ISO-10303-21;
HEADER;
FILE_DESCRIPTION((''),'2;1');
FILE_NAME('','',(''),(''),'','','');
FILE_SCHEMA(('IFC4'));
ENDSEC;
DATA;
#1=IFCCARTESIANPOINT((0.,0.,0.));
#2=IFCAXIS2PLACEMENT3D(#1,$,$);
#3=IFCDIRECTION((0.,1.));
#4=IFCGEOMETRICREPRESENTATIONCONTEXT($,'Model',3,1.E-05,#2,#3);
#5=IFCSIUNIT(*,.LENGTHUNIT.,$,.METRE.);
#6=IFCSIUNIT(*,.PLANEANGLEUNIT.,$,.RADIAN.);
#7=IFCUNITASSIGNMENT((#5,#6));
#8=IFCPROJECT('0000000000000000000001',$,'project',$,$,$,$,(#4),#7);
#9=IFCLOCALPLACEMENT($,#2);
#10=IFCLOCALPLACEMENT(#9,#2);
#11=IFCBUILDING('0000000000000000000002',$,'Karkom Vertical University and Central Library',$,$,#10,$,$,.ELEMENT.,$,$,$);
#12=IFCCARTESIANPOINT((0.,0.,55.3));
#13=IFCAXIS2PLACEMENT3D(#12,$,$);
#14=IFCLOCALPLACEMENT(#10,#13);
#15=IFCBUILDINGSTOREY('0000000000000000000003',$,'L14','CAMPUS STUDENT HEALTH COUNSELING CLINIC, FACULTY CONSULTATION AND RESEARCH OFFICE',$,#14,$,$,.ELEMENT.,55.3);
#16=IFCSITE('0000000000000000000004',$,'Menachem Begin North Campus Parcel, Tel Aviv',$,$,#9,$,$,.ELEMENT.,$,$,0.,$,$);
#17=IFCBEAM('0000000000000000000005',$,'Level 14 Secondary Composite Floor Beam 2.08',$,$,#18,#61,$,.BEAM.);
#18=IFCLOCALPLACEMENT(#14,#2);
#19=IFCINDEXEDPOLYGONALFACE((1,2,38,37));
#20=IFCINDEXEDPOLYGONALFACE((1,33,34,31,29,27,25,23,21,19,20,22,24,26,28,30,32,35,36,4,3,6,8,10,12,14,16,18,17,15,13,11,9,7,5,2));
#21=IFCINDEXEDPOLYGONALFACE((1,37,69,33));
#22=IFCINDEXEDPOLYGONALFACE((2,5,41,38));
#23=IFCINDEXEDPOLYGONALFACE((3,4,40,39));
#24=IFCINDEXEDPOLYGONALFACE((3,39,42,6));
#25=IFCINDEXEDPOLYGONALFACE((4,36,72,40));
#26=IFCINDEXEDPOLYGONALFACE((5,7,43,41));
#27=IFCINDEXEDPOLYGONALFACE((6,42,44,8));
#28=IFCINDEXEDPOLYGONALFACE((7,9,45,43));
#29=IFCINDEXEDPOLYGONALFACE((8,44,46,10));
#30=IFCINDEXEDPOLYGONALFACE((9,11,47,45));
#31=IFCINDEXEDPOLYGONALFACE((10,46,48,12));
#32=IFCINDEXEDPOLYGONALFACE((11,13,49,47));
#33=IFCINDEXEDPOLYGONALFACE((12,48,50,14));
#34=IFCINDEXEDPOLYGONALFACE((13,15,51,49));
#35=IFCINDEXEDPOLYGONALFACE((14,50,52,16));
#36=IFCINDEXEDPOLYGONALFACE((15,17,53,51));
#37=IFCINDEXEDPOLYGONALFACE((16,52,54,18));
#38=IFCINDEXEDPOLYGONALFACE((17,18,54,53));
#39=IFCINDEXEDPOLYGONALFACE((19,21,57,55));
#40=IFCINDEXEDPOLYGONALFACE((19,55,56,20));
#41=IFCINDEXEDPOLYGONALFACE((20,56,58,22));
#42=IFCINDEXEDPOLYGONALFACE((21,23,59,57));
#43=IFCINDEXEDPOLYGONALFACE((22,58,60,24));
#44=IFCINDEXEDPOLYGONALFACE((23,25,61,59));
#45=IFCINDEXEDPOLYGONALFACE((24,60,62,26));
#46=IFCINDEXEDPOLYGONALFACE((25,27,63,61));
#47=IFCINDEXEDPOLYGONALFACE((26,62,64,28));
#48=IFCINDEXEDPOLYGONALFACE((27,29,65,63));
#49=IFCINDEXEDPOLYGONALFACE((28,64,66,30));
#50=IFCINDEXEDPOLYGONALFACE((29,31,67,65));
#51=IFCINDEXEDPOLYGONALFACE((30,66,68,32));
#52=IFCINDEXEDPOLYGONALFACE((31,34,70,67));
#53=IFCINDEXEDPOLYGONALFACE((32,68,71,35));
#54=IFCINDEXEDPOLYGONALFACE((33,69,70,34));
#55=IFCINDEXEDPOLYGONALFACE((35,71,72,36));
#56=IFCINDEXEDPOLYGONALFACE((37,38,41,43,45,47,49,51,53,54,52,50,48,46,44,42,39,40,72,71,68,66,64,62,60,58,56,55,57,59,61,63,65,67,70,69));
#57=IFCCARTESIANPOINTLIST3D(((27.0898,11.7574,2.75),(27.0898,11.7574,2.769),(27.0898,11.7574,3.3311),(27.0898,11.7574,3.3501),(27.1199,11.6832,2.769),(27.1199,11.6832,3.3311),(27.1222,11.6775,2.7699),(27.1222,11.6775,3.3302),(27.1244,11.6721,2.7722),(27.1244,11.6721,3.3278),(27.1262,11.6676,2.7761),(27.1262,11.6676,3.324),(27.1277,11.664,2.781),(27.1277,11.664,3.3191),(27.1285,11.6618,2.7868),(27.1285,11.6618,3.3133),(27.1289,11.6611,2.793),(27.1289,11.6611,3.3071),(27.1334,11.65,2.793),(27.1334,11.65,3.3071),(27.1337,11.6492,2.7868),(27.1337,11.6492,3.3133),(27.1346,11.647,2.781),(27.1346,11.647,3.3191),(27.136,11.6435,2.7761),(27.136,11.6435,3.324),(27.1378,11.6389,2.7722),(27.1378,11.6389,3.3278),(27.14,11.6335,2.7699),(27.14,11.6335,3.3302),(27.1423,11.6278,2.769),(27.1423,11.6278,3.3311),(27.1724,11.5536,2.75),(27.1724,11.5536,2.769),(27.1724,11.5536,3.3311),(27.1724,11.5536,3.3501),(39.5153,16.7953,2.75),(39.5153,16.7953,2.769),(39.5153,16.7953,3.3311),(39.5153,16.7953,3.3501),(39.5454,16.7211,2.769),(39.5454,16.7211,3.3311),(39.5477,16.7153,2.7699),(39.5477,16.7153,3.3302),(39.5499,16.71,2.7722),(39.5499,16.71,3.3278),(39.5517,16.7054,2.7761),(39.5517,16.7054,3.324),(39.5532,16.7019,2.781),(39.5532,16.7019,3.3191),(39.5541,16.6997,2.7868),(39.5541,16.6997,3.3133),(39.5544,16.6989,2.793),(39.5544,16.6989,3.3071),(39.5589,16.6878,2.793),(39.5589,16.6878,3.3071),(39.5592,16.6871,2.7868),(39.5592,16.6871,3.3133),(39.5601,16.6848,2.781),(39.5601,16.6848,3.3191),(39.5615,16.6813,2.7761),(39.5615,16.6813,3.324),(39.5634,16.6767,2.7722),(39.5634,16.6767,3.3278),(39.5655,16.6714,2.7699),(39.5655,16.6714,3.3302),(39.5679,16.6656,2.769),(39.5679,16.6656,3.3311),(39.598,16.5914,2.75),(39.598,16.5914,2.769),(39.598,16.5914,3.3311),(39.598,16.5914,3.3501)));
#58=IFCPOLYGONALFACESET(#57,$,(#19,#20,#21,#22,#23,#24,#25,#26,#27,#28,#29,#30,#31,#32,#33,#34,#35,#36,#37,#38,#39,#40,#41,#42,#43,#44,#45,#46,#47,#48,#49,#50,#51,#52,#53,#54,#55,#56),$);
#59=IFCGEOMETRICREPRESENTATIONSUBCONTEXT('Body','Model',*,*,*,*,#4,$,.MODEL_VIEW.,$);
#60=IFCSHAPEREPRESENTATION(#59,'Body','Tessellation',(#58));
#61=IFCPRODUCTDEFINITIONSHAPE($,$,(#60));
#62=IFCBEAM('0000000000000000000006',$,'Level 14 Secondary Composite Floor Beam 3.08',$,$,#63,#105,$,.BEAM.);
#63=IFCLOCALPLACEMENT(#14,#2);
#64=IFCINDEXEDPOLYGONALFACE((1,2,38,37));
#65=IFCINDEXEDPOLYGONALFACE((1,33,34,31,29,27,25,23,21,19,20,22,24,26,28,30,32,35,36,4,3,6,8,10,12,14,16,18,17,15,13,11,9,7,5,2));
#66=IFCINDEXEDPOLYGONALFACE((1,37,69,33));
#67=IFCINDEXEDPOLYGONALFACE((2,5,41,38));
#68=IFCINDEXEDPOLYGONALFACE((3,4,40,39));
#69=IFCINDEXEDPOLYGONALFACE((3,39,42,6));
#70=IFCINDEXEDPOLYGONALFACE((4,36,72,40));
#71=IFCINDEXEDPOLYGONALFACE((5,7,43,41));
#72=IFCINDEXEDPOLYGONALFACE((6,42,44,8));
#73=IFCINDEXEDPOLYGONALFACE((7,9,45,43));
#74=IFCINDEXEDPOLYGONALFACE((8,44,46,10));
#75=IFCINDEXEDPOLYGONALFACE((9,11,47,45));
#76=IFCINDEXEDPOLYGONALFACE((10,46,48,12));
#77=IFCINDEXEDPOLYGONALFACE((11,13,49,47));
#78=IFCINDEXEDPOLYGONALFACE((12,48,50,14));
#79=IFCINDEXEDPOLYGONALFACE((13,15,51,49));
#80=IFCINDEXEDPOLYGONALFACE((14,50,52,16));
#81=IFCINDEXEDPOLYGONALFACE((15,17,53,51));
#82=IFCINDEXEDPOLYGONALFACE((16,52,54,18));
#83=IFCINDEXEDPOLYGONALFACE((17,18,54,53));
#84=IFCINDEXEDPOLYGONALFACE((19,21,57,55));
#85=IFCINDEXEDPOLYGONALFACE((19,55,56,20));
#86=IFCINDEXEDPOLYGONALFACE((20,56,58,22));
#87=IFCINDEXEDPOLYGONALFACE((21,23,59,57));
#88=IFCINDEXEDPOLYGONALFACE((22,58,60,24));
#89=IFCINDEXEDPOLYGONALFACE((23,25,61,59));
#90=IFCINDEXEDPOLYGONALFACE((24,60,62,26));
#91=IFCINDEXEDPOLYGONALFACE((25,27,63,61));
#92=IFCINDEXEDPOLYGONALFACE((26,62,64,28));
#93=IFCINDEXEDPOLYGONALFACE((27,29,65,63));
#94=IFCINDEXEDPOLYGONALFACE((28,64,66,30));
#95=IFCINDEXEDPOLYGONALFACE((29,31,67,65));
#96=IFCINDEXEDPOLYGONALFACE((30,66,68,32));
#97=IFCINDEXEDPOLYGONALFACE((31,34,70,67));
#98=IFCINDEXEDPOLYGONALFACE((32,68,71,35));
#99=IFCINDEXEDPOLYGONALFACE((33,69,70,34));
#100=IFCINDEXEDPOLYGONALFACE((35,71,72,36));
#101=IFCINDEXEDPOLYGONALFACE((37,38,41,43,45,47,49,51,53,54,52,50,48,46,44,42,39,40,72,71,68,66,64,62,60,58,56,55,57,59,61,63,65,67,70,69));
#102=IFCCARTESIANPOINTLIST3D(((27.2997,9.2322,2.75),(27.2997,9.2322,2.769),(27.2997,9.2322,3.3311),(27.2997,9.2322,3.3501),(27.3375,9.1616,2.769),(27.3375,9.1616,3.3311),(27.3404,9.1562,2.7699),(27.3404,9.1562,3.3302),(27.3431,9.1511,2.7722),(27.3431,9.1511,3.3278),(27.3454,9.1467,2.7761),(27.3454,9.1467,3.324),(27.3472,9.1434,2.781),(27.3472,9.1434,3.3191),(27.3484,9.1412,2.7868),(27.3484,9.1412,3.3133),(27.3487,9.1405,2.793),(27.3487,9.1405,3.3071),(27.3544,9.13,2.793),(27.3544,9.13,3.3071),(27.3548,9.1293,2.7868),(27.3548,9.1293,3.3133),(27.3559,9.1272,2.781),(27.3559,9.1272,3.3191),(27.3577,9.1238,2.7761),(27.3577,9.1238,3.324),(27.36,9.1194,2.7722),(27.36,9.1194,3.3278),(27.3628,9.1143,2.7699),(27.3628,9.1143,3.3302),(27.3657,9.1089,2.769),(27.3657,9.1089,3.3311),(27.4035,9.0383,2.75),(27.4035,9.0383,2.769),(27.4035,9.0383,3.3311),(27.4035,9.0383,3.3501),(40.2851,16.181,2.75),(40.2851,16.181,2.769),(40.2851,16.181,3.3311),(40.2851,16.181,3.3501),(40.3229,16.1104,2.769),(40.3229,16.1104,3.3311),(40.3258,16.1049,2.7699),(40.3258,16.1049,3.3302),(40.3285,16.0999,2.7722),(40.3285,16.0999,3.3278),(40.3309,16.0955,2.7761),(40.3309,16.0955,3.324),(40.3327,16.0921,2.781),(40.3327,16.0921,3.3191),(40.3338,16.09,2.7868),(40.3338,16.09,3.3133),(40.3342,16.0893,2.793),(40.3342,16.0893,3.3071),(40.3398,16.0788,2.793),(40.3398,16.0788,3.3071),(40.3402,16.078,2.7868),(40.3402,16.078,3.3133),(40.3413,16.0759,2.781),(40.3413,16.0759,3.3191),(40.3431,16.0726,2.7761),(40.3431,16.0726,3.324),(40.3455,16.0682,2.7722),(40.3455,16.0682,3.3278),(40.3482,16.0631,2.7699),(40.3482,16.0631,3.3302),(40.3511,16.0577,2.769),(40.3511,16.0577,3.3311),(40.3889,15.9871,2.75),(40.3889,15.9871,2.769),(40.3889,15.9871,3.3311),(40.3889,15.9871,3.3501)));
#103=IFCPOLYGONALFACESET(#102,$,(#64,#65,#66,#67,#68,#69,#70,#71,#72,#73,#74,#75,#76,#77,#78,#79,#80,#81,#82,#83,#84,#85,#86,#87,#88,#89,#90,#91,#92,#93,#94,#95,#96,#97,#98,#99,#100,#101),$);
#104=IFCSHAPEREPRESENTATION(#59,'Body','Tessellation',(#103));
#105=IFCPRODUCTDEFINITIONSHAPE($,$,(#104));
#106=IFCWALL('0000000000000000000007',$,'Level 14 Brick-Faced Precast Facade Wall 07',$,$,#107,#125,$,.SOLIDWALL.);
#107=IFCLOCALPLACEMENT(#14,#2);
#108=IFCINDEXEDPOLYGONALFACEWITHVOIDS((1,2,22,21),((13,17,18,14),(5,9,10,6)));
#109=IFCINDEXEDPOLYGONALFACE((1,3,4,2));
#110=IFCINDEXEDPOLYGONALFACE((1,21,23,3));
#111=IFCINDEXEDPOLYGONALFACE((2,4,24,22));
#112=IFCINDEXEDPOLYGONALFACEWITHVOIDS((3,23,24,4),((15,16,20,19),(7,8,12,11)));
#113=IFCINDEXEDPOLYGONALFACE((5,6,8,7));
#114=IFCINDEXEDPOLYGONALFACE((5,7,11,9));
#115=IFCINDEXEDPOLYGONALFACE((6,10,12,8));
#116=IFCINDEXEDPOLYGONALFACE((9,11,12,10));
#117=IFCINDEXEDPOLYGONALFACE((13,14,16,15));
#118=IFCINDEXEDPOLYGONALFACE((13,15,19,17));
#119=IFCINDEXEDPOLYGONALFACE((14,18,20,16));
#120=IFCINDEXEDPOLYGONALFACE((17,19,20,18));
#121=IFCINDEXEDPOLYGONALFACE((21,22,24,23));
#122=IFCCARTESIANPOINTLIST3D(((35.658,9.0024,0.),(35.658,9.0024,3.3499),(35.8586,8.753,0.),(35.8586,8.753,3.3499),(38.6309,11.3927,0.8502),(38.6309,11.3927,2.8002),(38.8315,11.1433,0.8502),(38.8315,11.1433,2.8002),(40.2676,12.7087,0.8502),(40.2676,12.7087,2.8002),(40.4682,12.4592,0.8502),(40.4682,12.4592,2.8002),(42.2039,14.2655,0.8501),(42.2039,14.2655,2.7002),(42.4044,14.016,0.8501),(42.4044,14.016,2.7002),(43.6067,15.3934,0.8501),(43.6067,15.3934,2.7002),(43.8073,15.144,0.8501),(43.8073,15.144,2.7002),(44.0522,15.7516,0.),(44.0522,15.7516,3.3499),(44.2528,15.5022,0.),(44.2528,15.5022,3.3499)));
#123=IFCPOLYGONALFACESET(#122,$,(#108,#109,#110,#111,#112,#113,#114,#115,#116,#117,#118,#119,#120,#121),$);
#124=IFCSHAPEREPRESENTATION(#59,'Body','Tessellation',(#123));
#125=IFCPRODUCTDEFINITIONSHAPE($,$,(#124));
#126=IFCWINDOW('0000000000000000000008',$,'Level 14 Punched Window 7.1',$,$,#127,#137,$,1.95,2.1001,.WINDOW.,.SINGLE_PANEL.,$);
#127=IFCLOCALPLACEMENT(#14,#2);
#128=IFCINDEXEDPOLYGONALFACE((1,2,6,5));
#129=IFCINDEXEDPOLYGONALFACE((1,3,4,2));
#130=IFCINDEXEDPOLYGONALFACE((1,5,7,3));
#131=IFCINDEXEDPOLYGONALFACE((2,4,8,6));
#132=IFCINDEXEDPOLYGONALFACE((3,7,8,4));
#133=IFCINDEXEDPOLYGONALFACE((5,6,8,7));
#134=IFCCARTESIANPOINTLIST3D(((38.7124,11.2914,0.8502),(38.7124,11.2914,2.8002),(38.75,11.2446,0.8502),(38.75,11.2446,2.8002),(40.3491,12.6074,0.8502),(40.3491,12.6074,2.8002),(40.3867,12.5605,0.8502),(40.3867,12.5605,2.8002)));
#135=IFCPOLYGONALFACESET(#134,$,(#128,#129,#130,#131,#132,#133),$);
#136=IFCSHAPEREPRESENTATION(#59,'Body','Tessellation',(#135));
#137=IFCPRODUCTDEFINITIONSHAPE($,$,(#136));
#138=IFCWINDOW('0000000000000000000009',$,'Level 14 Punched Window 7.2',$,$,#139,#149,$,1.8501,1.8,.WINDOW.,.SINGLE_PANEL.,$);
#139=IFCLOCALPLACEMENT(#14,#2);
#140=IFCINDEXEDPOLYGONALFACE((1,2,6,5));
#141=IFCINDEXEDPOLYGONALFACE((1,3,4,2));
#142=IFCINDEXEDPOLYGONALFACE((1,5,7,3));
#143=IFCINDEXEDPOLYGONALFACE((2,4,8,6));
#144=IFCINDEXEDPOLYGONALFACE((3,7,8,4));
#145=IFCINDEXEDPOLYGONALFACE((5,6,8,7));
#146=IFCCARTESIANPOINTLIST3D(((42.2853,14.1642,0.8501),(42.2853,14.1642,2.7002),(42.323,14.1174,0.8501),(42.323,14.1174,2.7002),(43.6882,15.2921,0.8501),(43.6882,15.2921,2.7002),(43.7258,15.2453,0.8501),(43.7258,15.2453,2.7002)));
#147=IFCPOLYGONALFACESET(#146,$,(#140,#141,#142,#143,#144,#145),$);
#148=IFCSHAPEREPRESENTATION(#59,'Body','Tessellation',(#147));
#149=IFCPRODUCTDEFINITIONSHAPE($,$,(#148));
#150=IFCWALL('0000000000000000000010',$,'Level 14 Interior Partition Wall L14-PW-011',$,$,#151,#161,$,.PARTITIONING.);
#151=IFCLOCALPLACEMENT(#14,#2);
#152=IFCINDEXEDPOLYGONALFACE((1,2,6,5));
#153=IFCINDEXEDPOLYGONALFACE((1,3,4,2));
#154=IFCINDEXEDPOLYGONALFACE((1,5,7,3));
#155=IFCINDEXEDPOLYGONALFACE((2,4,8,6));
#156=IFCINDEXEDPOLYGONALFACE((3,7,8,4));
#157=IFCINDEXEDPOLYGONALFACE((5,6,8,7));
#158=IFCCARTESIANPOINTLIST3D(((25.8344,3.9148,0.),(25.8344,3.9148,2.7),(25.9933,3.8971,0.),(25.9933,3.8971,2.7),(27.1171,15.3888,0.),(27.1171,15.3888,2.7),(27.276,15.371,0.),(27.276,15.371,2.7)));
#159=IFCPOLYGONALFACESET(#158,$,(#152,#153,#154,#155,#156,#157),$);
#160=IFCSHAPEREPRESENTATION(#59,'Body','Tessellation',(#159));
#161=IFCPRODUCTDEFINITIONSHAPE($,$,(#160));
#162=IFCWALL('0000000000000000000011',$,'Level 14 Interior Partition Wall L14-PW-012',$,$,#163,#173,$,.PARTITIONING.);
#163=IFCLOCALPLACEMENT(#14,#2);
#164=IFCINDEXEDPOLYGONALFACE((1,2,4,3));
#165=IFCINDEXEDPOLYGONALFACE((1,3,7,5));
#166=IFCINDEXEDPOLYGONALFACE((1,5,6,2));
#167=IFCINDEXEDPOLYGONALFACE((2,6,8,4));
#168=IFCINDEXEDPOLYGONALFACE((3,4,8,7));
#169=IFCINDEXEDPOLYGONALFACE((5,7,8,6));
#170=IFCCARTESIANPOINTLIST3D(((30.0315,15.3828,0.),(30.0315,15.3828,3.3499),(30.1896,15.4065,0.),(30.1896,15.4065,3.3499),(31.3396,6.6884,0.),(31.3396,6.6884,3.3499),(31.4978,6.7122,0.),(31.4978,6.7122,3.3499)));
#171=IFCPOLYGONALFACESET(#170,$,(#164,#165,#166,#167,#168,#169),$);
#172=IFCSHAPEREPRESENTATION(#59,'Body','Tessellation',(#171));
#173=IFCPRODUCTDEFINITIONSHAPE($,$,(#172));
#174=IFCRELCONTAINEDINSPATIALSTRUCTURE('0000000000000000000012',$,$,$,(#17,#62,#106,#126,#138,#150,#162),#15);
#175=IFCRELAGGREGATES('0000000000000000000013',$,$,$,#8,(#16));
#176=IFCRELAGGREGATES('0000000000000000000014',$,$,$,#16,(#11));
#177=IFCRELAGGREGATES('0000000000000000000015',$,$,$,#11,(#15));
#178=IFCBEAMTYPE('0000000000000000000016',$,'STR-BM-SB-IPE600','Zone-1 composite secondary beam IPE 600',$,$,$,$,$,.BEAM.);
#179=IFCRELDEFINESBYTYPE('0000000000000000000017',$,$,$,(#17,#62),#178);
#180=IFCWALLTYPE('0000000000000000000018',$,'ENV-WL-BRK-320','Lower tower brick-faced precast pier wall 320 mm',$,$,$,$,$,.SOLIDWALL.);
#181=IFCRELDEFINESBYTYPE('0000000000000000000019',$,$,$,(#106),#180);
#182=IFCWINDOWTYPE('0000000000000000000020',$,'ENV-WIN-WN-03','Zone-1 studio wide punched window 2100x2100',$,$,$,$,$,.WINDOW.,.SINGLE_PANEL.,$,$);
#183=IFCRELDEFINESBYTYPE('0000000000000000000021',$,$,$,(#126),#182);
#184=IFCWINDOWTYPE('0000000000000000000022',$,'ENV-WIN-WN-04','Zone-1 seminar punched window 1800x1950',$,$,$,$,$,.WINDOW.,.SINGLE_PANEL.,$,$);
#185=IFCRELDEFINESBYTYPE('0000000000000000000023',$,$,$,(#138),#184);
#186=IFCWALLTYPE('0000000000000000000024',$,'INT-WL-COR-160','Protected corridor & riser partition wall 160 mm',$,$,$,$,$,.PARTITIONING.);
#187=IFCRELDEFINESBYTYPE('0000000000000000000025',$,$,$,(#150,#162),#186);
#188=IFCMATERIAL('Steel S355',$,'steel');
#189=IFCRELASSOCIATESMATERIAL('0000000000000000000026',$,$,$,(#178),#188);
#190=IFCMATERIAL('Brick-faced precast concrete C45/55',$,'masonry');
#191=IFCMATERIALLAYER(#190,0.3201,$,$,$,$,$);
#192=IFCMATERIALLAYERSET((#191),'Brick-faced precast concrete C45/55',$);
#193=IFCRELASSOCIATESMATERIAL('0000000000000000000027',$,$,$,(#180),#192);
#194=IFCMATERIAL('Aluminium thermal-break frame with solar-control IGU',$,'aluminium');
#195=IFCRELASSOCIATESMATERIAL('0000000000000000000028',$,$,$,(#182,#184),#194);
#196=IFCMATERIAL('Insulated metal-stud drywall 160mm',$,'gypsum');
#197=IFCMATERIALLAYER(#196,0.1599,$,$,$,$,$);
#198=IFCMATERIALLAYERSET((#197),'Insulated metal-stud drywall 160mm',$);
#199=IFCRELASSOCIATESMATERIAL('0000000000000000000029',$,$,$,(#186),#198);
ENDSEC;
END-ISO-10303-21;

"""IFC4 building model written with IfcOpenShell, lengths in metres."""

from ifc_helpers import new_model, si_unit, direction, frame, frame_2d, origin, origin_with_axes, origin_2d, place, context, subcontext, project, spatial, rectangle, i_section, extrude, source, transform, mapped, material, layer, layer_set, material_profile, profile_set, type_object, element, fill, save


model = new_model("IFC4")

# Units and contexts
model_context = context("Model", 3, precision=1e-05, world=origin(), true_north=direction((0.0, 1.0)))
body_context = subcontext(model_context, "Body", "Model", "MODEL_VIEW")
ifc_project = project(units=[si_unit("LENGTHUNIT", "METRE"), si_unit("PLANEANGLEUNIT", "RADIAN")], contexts=[model_context])

# Site, building, storey
site_placement = place(None, origin())
site = spatial("IfcSite", under=ifc_project, at=site_placement, Name="Menachem Begin North Campus Parcel, Tel Aviv", CompositionType="ELEMENT", RefElevation=0.0)
building_placement = place(site_placement, origin())
building = spatial("IfcBuilding", under=site, at=building_placement, Name="Karkom Vertical University and Central Library", CompositionType="ELEMENT")
storey_placement = place(building_placement, frame((0.0, 0.0, 55.3)))
storey = spatial("IfcBuildingStorey", under=building, at=storey_placement, Name="L14", Description="CAMPUS STUDENT HEALTH COUNSELING CLINIC, FACULTY CONSULTATION AND RESEARCH OFFICE", CompositionType="ELEMENT", Elevation=55.3)

# Beams
ifc_material_1 = material(Name="Steel S355", Category="steel")
ifc_material_profile_1 = material_profile(ifc_material_1, i_section(OverallWidth=0.22, OverallDepth=0.6001, WebThickness=0.012, FlangeThickness=0.019, FilletRadius=0.0239, at=origin_2d()), Name="IPE 600")
ifc_profile_set_1 = profile_set([ifc_material_profile_1], Name="Steel S355")
beam_type_1 = type_object("IfcBeamType", Name="STR-BM-SB-IPE600", Description="Zone-1 composite secondary beam IPE 600", PredefinedType="BEAM", material=ifc_profile_set_1)
shared_shape_1 = source(origin_with_axes(), body_context, "Body", "SweptSolid", [
    extrude(i_section(OverallWidth=0.22, OverallDepth=0.6001, WebThickness=0.012, FlangeThickness=0.019, FilletRadius=0.0239, at=origin_2d()), origin(), (0.0, 0.0, 1.0), 13.408),
])
beam_1_placement = place(storey_placement, frame((27.1311, 11.6555, 3.05), z_axis=(0.926727, 0.375735, 0.0), x_axis=(-0.375735, 0.926727, 0.0)))
element("IfcBeam", 1, at=beam_1_placement, inside=storey, type_object=beam_type_1, Name="Level 14 Secondary Composite Floor Beam 2.08", PredefinedType="BEAM", context=body_context, shape_type="MappedRepresentation", body=[
    mapped(shared_shape_1, transform((0.0, 0.0, 0.0), scale=1.0)),
])
shared_shape_2 = source(origin_with_axes(), body_context, "Body", "SweptSolid", [
    extrude(i_section(OverallWidth=0.22, OverallDepth=0.6001, WebThickness=0.012, FlangeThickness=0.019, FilletRadius=0.0239, at=origin_2d()), origin(), (0.0, 0.0, 1.0), 14.7278),
])
beam_2_placement = place(storey_placement, frame((27.3516, 9.1353, 3.05), z_axis=(0.881698, 0.471815, 0.0), x_axis=(-0.471815, 0.881698, 0.0)))
element("IfcBeam", 2, at=beam_2_placement, inside=storey, type_object=beam_type_1, Name="Level 14 Secondary Composite Floor Beam 3.08", PredefinedType="BEAM", context=body_context, shape_type="MappedRepresentation", body=[
    mapped(shared_shape_2, transform((0.0, 0.0, 0.0), scale=1.0)),
])

# Wall, openings, windows
ifc_material_2 = material(Name="Brick-faced precast concrete C45/55", Category="masonry")
ifc_layer_1 = layer(ifc_material_2, 0.3201)
ifc_layer_set_1 = layer_set([ifc_layer_1], Name="Brick-faced precast concrete C45/55")
wall_type_1 = type_object("IfcWallType", Name="ENV-WL-BRK-320", Description="Lower tower brick-faced precast pier wall 320 mm", PredefinedType="SOLIDWALL", material=ifc_layer_set_1)
wall_1_placement = place(storey_placement, frame((35.7583, 8.8777, 0.0), z_axis=(0.0, 0.0, 1.0), x_axis=(0.779334, 0.626609, 0.0)))
wall_1 = element("IfcWall", 3, at=wall_1_placement, inside=storey, type_object=wall_type_1, Name="Level 14 Brick-Faced Precast Facade Wall 07", PredefinedType="SOLIDWALL", context=body_context, shape_type="SweptSolid", body=[
    extrude(rectangle(XDim=10.771, YDim=0.3201, at=frame_2d((5.3855, 0.0))), origin(), (0.0, 0.0, 1.0), 3.3499),
])
opening_1_placement = place(wall_1_placement, frame((3.8147, 0.0, 0.8501)))
opening_1 = element("IfcOpeningElement", 4, at=opening_1_placement, cuts=wall_1, PredefinedType="OPENING", context=body_context, shape_type="SweptSolid", body=[
    extrude(rectangle(XDim=2.1001, YDim=1.95, at=frame_2d((1.05, 0.9751))), frame((0.0, 0.1699, 0.0), z_axis=(0.0, -1.0, 0.0), x_axis=(1.0, 0.0, 0.0)), (0.0, 0.0, 1.0), 0.3401),
])
opening_2_placement = place(wall_1_placement, frame((8.3994, 0.0, 0.8501)))
opening_2 = element("IfcOpeningElement", 5, at=opening_2_placement, cuts=wall_1, PredefinedType="OPENING", context=body_context, shape_type="SweptSolid", body=[
    extrude(rectangle(XDim=1.8, YDim=1.8501, at=frame_2d((0.8999, 0.925))), frame((0.0, 0.1699, 0.0), z_axis=(0.0, -1.0, 0.0), x_axis=(1.0, 0.0, 0.0)), (0.0, 0.0, 1.0), 0.3401),
])
ifc_material_3 = material(Name="Aluminium thermal-break frame with solar-control IGU", Category="aluminium")
window_type_1 = type_object("IfcWindowType", Name="ENV-WIN-WN-03", Description="Zone-1 studio wide punched window 2100x2100", PartitioningType="SINGLE_PANEL", PredefinedType="WINDOW", material=ifc_material_3)
shared_shape_3 = source(origin_with_axes(), body_context, "Body", "SweptSolid", [
    extrude(rectangle(XDim=2.1001, YDim=1.95, at=frame_2d((1.05, 0.9751))), frame((0.0, 0.03, 0.0), z_axis=(0.0, -1.0, 0.0), x_axis=(1.0, 0.0, 0.0)), (0.0, 0.0, 1.0), 0.0601),
])
window_1_placement = place(opening_1_placement, origin())
window_1 = element("IfcWindow", 6, at=window_1_placement, inside=storey, type_object=window_type_1, Name="Level 14 Punched Window 7.1", OverallHeight=1.95, OverallWidth=2.1001, PartitioningType="SINGLE_PANEL", PredefinedType="WINDOW", context=body_context, shape_type="MappedRepresentation", body=[
    mapped(shared_shape_3, transform((0.0, 0.0, 0.0), scale=1.0)),
])
fill(opening_1, window_1)
window_type_2 = type_object("IfcWindowType", Name="ENV-WIN-WN-04", Description="Zone-1 seminar punched window 1800x1950", PartitioningType="SINGLE_PANEL", PredefinedType="WINDOW", material=ifc_material_3)
shared_shape_4 = source(origin_with_axes(), body_context, "Body", "SweptSolid", [
    extrude(rectangle(XDim=1.8, YDim=1.8501, at=frame_2d((0.8999, 0.925))), frame((0.0, 0.03, 0.0), z_axis=(0.0, -1.0, 0.0), x_axis=(1.0, 0.0, 0.0)), (0.0, 0.0, 1.0), 0.0601),
])
window_2_placement = place(opening_2_placement, origin())
window_2 = element("IfcWindow", 7, at=window_2_placement, inside=storey, type_object=window_type_2, Name="Level 14 Punched Window 7.2", OverallHeight=1.8501, OverallWidth=1.8, PartitioningType="SINGLE_PANEL", PredefinedType="WINDOW", context=body_context, shape_type="MappedRepresentation", body=[
    mapped(shared_shape_4, transform((0.0, 0.0, 0.0), scale=1.0)),
])
fill(opening_2, window_2)

# Walls
ifc_material_4 = material(Name="Insulated metal-stud drywall 160mm", Category="gypsum")
ifc_layer_2 = layer(ifc_material_4, 0.1599)
ifc_layer_set_2 = layer_set([ifc_layer_2], Name="Insulated metal-stud drywall 160mm")
wall_type_2 = type_object("IfcWallType", Name="INT-WL-COR-160", Description="Protected corridor & riser partition wall 160 mm", PredefinedType="PARTITIONING", material=ifc_layer_set_2)
wall_2_placement = place(storey_placement, frame((27.1965, 15.3799, 0.0), z_axis=(0.0, 0.0, 1.0), x_axis=(-0.111102, -0.993809, 0.0)))
element("IfcWall", 8, at=wall_2_placement, inside=storey, type_object=wall_type_2, Name="Level 14 Interior Partition Wall L14-PW-011", PredefinedType="PARTITIONING", context=body_context, shape_type="SweptSolid", body=[
    extrude(rectangle(XDim=11.5454, YDim=0.1599, at=frame_2d((5.7727, 0.0))), origin(), (0.0, 0.0, 1.0), 2.7),
])
wall_3_placement = place(storey_placement, frame((30.1106, 15.3945, 0.0), z_axis=(0.0, 0.0, 1.0), x_axis=(0.14878, -0.98887, 0.0)))
element("IfcWall", 9, at=wall_3_placement, inside=storey, type_object=wall_type_2, Name="Level 14 Interior Partition Wall L14-PW-012", PredefinedType="PARTITIONING", context=body_context, shape_type="SweptSolid", body=[
    extrude(rectangle(XDim=8.7922, YDim=0.1599, at=frame_2d((4.396, 0.0))), origin(), (0.0, 0.0, 1.0), 3.3499),
])

save(model, "model.ifc")
